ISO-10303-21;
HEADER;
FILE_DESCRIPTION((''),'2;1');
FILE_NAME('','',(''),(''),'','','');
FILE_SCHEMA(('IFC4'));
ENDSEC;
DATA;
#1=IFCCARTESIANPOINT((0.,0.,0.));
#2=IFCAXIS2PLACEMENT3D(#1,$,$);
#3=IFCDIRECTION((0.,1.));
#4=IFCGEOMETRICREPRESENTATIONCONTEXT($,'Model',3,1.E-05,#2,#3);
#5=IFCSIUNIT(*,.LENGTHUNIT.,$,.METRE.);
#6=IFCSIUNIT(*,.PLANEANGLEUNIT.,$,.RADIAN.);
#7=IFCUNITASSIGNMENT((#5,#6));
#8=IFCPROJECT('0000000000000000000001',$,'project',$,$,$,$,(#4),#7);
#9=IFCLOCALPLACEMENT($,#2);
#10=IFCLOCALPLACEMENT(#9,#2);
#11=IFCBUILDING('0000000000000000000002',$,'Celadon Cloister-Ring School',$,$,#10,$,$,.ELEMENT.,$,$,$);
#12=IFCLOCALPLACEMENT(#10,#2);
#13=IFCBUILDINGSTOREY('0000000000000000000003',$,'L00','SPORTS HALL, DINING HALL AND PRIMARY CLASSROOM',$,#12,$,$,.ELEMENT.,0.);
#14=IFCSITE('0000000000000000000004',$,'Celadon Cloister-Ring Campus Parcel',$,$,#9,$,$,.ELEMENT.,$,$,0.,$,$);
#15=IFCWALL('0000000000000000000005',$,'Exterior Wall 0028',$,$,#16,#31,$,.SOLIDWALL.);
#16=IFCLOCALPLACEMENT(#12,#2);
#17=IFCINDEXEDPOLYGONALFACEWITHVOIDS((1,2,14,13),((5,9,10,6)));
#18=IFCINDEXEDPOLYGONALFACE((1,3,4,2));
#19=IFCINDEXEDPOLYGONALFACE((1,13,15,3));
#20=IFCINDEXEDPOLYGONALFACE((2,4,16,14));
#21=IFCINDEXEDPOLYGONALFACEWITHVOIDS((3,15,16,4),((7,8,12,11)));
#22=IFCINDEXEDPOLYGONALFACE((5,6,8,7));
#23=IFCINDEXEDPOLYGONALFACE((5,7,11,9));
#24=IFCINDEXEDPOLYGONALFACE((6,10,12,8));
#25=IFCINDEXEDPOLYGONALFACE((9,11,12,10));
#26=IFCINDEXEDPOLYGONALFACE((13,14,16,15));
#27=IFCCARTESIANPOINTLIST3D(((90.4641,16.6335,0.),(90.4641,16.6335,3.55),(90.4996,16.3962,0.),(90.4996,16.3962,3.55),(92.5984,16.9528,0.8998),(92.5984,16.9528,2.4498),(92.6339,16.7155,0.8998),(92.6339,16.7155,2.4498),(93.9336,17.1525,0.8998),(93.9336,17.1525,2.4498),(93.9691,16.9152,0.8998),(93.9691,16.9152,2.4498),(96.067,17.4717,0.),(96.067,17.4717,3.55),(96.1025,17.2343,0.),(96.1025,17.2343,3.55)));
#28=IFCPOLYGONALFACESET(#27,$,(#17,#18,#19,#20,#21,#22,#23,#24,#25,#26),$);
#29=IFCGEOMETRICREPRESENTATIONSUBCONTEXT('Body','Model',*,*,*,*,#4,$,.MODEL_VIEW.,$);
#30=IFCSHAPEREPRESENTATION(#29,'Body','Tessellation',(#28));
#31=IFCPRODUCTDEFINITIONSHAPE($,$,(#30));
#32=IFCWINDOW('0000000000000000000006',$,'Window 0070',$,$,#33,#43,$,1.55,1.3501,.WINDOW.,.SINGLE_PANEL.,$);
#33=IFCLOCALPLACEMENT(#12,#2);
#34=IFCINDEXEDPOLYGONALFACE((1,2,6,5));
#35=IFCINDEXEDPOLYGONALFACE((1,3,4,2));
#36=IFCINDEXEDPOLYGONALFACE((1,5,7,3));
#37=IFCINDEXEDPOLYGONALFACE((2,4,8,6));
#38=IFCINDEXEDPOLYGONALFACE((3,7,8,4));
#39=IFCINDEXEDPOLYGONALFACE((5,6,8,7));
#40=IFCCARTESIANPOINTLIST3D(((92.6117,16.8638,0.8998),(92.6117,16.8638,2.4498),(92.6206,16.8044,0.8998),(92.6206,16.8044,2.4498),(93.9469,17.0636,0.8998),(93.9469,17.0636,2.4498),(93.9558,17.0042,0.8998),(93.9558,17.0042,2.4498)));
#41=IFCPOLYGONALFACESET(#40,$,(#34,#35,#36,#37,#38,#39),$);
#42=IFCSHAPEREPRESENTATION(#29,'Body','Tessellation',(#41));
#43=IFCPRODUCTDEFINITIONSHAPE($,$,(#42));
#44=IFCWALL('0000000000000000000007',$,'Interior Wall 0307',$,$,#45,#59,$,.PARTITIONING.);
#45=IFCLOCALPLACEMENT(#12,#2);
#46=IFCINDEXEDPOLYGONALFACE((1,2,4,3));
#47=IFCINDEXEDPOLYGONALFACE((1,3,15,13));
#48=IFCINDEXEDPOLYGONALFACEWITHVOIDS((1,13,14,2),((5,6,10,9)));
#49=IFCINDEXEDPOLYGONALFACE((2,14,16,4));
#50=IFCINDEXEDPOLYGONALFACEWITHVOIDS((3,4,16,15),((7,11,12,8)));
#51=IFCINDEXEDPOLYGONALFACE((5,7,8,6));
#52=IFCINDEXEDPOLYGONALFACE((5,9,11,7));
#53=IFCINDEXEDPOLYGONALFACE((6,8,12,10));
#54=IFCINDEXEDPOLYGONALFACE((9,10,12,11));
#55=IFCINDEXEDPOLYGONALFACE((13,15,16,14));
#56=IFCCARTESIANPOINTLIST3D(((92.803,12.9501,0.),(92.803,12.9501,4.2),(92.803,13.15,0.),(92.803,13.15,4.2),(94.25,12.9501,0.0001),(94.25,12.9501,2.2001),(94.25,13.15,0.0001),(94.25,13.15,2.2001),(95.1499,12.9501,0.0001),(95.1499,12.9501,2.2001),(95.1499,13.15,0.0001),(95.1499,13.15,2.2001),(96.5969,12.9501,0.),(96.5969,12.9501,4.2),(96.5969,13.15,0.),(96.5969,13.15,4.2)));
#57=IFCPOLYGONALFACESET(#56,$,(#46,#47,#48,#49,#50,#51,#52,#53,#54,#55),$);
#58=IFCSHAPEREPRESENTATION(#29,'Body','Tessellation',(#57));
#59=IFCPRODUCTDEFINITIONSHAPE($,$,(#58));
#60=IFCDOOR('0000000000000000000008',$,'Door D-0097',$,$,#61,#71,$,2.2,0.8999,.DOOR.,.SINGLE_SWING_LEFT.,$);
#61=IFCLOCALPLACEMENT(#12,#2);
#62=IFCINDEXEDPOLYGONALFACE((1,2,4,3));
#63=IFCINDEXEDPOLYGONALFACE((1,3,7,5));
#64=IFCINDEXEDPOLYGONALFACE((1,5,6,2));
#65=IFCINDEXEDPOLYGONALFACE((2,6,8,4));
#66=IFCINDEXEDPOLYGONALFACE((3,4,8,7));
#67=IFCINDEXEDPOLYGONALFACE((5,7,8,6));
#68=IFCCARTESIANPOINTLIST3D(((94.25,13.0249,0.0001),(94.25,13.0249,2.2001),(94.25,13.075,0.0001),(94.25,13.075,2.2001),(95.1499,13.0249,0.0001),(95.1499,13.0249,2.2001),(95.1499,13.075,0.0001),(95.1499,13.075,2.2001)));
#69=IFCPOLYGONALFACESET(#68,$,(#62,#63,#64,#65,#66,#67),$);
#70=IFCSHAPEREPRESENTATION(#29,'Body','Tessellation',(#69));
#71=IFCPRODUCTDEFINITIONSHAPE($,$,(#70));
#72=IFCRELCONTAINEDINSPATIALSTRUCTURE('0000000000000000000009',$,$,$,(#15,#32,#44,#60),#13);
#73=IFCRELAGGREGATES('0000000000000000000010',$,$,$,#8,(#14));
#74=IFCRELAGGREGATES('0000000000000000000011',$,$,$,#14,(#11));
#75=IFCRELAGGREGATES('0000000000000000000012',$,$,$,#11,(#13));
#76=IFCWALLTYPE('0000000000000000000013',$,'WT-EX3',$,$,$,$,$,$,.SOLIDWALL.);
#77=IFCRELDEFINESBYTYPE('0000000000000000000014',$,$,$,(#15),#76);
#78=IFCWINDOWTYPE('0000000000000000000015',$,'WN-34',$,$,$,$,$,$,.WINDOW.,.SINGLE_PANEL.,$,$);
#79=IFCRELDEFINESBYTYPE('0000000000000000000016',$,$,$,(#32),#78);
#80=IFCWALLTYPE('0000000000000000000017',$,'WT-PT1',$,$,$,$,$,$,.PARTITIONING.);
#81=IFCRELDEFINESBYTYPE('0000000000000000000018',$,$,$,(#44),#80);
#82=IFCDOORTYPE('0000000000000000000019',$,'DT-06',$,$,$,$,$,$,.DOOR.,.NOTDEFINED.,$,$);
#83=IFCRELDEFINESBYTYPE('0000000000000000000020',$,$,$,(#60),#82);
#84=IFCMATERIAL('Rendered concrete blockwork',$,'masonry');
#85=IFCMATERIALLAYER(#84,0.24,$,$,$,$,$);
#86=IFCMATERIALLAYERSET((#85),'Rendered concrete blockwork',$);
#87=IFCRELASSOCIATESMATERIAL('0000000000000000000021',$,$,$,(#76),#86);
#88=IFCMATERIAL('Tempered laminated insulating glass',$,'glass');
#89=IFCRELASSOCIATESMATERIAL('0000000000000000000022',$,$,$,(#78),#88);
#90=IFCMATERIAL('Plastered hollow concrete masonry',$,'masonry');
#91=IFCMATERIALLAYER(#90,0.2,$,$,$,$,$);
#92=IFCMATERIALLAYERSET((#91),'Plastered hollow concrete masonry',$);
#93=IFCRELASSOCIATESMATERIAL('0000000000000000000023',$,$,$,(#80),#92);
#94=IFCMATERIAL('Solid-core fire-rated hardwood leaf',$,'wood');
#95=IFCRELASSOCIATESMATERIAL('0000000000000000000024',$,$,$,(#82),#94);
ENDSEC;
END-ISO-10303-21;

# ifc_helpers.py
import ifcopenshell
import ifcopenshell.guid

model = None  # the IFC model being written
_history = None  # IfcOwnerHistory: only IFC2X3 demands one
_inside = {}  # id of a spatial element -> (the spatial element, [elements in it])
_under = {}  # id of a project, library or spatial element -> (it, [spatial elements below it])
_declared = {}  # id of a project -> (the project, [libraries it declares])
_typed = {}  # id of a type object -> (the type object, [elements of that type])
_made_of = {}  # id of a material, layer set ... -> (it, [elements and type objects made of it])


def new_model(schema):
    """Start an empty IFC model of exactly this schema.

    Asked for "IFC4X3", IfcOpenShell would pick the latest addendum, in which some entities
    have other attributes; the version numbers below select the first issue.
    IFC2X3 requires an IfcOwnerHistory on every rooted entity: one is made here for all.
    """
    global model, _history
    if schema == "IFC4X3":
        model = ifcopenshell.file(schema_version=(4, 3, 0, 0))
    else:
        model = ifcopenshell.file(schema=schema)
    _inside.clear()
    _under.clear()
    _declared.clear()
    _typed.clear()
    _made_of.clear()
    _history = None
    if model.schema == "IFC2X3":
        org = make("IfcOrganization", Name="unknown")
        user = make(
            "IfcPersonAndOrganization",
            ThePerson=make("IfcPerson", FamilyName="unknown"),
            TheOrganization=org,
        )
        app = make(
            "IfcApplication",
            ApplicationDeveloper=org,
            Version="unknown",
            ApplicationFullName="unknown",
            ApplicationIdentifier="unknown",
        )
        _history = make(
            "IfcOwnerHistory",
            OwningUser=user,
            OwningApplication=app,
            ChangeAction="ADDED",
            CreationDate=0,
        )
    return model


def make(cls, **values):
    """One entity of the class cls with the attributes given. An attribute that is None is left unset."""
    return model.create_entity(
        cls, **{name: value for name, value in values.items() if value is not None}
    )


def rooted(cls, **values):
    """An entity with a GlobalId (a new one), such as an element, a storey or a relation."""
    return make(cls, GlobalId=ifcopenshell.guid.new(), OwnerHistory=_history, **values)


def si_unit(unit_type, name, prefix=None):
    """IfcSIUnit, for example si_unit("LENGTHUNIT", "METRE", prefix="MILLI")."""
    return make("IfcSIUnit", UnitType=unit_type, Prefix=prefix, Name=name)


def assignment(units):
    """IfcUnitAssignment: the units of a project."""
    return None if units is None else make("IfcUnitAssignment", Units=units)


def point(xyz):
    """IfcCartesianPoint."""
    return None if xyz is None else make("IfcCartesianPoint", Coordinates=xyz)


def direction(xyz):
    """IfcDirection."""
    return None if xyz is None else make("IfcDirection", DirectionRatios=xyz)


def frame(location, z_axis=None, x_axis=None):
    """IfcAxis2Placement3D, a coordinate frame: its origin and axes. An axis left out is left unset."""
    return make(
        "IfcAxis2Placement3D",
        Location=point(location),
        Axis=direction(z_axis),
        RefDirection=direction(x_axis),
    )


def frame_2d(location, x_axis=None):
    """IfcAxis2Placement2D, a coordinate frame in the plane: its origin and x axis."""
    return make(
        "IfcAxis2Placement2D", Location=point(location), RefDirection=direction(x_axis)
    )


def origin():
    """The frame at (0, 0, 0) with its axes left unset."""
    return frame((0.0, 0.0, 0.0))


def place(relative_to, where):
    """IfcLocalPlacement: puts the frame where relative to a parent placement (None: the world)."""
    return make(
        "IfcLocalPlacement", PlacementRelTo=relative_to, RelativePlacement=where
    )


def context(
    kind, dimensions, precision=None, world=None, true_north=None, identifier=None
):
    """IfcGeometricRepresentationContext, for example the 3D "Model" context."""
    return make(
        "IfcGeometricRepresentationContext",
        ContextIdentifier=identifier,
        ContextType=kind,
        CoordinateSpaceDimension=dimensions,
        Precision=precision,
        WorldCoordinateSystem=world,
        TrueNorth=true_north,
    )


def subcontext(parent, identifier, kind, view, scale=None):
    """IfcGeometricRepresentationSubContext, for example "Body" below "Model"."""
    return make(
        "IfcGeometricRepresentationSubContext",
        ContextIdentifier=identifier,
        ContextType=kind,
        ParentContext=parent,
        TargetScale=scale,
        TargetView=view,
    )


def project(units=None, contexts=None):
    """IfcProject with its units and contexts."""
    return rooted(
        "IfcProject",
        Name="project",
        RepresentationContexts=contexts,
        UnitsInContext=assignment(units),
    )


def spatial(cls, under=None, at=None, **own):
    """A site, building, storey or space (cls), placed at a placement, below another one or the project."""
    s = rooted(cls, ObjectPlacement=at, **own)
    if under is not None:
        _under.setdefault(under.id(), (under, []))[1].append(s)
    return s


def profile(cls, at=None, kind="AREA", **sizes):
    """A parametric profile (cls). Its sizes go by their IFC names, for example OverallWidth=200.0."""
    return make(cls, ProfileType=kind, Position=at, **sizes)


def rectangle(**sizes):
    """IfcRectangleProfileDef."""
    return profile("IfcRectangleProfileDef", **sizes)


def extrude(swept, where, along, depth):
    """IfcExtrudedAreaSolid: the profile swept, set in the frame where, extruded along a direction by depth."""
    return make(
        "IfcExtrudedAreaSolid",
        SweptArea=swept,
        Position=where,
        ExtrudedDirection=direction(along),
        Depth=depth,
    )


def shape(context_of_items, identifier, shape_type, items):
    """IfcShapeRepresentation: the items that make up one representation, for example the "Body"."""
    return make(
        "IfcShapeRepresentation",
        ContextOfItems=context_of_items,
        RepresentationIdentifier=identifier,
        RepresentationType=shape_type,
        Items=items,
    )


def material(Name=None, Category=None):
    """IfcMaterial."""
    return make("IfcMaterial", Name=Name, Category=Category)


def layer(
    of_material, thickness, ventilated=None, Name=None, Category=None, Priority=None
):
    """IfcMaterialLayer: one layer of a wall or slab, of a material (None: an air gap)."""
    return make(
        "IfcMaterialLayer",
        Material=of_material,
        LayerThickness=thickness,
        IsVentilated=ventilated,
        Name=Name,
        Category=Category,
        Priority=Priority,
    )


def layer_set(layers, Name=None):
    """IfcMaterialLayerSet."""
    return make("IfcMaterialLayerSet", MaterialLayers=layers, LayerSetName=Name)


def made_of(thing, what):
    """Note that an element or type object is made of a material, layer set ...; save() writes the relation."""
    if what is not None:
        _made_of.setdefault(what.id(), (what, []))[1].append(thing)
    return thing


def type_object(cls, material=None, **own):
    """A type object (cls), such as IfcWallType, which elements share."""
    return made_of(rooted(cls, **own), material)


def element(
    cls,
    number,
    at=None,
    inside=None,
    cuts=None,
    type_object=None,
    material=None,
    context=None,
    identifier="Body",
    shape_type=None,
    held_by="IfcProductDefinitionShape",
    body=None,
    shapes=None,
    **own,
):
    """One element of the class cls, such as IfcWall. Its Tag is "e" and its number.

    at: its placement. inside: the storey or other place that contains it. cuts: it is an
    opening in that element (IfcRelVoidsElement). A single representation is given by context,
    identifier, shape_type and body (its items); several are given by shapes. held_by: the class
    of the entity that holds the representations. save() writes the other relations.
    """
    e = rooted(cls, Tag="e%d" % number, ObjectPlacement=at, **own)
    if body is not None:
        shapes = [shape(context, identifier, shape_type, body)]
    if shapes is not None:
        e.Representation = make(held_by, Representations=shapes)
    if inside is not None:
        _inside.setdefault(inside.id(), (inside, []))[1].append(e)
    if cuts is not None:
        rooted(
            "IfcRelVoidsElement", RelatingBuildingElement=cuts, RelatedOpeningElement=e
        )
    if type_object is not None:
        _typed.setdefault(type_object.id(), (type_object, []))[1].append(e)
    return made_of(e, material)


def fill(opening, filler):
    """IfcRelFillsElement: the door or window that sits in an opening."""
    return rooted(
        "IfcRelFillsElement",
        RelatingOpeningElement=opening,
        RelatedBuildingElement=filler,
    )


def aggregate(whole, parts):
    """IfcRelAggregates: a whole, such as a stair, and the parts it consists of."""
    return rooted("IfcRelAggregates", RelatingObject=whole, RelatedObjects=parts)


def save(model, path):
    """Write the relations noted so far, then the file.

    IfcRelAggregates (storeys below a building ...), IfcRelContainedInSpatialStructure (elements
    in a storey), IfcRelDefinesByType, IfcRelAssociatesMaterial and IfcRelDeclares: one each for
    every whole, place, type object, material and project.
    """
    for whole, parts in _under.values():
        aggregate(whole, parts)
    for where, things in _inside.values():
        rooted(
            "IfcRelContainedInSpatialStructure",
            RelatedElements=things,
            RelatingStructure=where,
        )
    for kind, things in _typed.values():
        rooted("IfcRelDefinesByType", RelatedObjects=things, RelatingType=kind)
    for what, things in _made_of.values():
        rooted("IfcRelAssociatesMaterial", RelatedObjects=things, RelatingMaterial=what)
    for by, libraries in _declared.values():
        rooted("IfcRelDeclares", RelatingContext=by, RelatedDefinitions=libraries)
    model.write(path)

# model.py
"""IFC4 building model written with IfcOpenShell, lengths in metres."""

from ifc_helpers import new_model, si_unit, direction, frame, frame_2d, origin, place, context, subcontext, project, spatial, rectangle, extrude, material, layer, layer_set, type_object, element, fill, save


model = new_model("IFC4")

# Units and contexts
model_context = context("Model", 3, precision=1e-05, world=origin(), true_north=direction((0.0, 1.0)))
body_context = subcontext(model_context, "Body", "Model", "MODEL_VIEW")
ifc_project = project(units=[si_unit("LENGTHUNIT", "METRE"), si_unit("PLANEANGLEUNIT", "RADIAN")], contexts=[model_context])

# Site, building, storey
site_placement = place(None, origin())
site = spatial("IfcSite", under=ifc_project, at=site_placement, Name="Celadon Cloister-Ring Campus Parcel", CompositionType="ELEMENT", RefElevation=0.0)
building_placement = place(site_placement, origin())
building = spatial("IfcBuilding", under=site, at=building_placement, Name="Celadon Cloister-Ring School", CompositionType="ELEMENT")
storey_placement = place(building_placement, origin())
storey = spatial("IfcBuildingStorey", under=building, at=storey_placement, Name="L00", Description="SPORTS HALL, DINING HALL AND PRIMARY CLASSROOM", CompositionType="ELEMENT", Elevation=0.0)

# Wall, opening, window
ifc_material_1 = material(Name="Rendered concrete blockwork", Category="masonry")
ifc_layer_1 = layer(ifc_material_1, 0.24)
ifc_layer_set_1 = layer_set([ifc_layer_1], Name="Rendered concrete blockwork")
wall_type_1 = type_object("IfcWallType", Name="WT-EX3", PredefinedType="SOLIDWALL", material=ifc_layer_set_1)
wall_1_placement = place(storey_placement, frame((90.4819, 16.5149, 0.0), z_axis=(0.0, 0.0, 1.0), x_axis=(0.988996, 0.14794, 0.0)))
wall_1 = element("IfcWall", 1, at=wall_1_placement, inside=storey, type_object=wall_type_1, Name="Exterior Wall 0028", PredefinedType="SOLIDWALL", context=body_context, shape_type="SweptSolid", body=[
    extrude(rectangle(XDim=5.6653, YDim=0.24, at=frame_2d((2.8325, 0.0))), origin(), (0.0, 0.0, 1.0), 3.55),
])
opening_1_placement = place(wall_1_placement, frame((2.158, 0.0, 0.8999)))
opening_1 = element("IfcOpeningElement", 2, at=opening_1_placement, cuts=wall_1, PredefinedType="OPENING", context=body_context, shape_type="SweptSolid", body=[
    extrude(rectangle(XDim=1.3501, YDim=1.55, at=frame_2d((0.675, 0.7749))), frame((0.0, 0.1299, 0.0), z_axis=(0.0, -1.0, 0.0), x_axis=(1.0, 0.0, 0.0)), (0.0, 0.0, 1.0), 0.26),
])
ifc_material_2 = material(Name="Tempered laminated insulating glass", Category="glass")
window_type = type_object("IfcWindowType", Name="WN-34", PartitioningType="SINGLE_PANEL", PredefinedType="WINDOW", material=ifc_material_2)
window_placement = place(opening_1_placement, origin())
window = element("IfcWindow", 3, at=window_placement, inside=storey, type_object=window_type, Name="Window 0070", OverallHeight=1.55, OverallWidth=1.3501, PartitioningType="SINGLE_PANEL", PredefinedType="WINDOW", context=body_context, shape_type="SweptSolid", body=[
    extrude(rectangle(XDim=1.3501, YDim=1.55, at=frame_2d((0.675, 0.7749))), frame((0.0, 0.03, 0.0), z_axis=(0.0, -1.0, 0.0), x_axis=(1.0, 0.0, 0.0)), (0.0, 0.0, 1.0), 0.0601),
])
fill(opening_1, window)

# Wall, opening, door
ifc_material_3 = material(Name="Plastered hollow concrete masonry", Category="masonry")
ifc_layer_2 = layer(ifc_material_3, 0.2)
ifc_layer_set_2 = layer_set([ifc_layer_2], Name="Plastered hollow concrete masonry")
wall_type_2 = type_object("IfcWallType", Name="WT-PT1", PredefinedType="PARTITIONING", material=ifc_layer_set_2)
wall_2_placement = place(storey_placement, frame((92.803, 13.05, 0.0), z_axis=(0.0, 0.0, 1.0), x_axis=(1.0, 0.0, 0.0)))
wall_2 = element("IfcWall", 4, at=wall_2_placement, inside=storey, type_object=wall_type_2, Name="Interior Wall 0307", PredefinedType="PARTITIONING", context=body_context, shape_type="SweptSolid", body=[
    extrude(rectangle(XDim=3.7939, YDim=0.2, at=frame_2d((1.897, 0.0))), origin(), (0.0, 0.0, 1.0), 4.2),
])
opening_2_placement = place(wall_2_placement, frame((1.447, 0.0, 0.0)))
opening_2 = element("IfcOpeningElement", 5, at=opening_2_placement, cuts=wall_2, PredefinedType="OPENING", context=body_context, shape_type="SweptSolid", body=[
    extrude(rectangle(XDim=0.8999, YDim=2.2, at=frame_2d((0.45, 1.1001))), frame((0.0, 0.1099, 0.0), z_axis=(0.0, -1.0, 0.0), x_axis=(1.0, 0.0, 0.0)), (0.0, 0.0, 1.0), 0.22),
])
ifc_material_4 = material(Name="Solid-core fire-rated hardwood leaf", Category="wood")
door_type = type_object("IfcDoorType", Name="DT-06", OperationType="NOTDEFINED", PredefinedType="DOOR", material=ifc_material_4)
door_placement = place(opening_2_placement, origin())
door = element("IfcDoor", 6, at=door_placement, inside=storey, type_object=door_type, Name="Door D-0097", OperationType="SINGLE_SWING_LEFT", OverallHeight=2.2, OverallWidth=0.8999, PredefinedType="DOOR", context=body_context, shape_type="SweptSolid", body=[
    extrude(rectangle(XDim=0.8999, YDim=2.2, at=frame_2d((0.45, 1.1001))), frame((0.0, 0.0249, 0.0), z_axis=(0.0, -1.0, 0.0), x_axis=(1.0, 0.0, 0.0)), (0.0, 0.0, 1.0), 0.05),
])
fill(opening_2, door)

save(model, "model.ifc")
